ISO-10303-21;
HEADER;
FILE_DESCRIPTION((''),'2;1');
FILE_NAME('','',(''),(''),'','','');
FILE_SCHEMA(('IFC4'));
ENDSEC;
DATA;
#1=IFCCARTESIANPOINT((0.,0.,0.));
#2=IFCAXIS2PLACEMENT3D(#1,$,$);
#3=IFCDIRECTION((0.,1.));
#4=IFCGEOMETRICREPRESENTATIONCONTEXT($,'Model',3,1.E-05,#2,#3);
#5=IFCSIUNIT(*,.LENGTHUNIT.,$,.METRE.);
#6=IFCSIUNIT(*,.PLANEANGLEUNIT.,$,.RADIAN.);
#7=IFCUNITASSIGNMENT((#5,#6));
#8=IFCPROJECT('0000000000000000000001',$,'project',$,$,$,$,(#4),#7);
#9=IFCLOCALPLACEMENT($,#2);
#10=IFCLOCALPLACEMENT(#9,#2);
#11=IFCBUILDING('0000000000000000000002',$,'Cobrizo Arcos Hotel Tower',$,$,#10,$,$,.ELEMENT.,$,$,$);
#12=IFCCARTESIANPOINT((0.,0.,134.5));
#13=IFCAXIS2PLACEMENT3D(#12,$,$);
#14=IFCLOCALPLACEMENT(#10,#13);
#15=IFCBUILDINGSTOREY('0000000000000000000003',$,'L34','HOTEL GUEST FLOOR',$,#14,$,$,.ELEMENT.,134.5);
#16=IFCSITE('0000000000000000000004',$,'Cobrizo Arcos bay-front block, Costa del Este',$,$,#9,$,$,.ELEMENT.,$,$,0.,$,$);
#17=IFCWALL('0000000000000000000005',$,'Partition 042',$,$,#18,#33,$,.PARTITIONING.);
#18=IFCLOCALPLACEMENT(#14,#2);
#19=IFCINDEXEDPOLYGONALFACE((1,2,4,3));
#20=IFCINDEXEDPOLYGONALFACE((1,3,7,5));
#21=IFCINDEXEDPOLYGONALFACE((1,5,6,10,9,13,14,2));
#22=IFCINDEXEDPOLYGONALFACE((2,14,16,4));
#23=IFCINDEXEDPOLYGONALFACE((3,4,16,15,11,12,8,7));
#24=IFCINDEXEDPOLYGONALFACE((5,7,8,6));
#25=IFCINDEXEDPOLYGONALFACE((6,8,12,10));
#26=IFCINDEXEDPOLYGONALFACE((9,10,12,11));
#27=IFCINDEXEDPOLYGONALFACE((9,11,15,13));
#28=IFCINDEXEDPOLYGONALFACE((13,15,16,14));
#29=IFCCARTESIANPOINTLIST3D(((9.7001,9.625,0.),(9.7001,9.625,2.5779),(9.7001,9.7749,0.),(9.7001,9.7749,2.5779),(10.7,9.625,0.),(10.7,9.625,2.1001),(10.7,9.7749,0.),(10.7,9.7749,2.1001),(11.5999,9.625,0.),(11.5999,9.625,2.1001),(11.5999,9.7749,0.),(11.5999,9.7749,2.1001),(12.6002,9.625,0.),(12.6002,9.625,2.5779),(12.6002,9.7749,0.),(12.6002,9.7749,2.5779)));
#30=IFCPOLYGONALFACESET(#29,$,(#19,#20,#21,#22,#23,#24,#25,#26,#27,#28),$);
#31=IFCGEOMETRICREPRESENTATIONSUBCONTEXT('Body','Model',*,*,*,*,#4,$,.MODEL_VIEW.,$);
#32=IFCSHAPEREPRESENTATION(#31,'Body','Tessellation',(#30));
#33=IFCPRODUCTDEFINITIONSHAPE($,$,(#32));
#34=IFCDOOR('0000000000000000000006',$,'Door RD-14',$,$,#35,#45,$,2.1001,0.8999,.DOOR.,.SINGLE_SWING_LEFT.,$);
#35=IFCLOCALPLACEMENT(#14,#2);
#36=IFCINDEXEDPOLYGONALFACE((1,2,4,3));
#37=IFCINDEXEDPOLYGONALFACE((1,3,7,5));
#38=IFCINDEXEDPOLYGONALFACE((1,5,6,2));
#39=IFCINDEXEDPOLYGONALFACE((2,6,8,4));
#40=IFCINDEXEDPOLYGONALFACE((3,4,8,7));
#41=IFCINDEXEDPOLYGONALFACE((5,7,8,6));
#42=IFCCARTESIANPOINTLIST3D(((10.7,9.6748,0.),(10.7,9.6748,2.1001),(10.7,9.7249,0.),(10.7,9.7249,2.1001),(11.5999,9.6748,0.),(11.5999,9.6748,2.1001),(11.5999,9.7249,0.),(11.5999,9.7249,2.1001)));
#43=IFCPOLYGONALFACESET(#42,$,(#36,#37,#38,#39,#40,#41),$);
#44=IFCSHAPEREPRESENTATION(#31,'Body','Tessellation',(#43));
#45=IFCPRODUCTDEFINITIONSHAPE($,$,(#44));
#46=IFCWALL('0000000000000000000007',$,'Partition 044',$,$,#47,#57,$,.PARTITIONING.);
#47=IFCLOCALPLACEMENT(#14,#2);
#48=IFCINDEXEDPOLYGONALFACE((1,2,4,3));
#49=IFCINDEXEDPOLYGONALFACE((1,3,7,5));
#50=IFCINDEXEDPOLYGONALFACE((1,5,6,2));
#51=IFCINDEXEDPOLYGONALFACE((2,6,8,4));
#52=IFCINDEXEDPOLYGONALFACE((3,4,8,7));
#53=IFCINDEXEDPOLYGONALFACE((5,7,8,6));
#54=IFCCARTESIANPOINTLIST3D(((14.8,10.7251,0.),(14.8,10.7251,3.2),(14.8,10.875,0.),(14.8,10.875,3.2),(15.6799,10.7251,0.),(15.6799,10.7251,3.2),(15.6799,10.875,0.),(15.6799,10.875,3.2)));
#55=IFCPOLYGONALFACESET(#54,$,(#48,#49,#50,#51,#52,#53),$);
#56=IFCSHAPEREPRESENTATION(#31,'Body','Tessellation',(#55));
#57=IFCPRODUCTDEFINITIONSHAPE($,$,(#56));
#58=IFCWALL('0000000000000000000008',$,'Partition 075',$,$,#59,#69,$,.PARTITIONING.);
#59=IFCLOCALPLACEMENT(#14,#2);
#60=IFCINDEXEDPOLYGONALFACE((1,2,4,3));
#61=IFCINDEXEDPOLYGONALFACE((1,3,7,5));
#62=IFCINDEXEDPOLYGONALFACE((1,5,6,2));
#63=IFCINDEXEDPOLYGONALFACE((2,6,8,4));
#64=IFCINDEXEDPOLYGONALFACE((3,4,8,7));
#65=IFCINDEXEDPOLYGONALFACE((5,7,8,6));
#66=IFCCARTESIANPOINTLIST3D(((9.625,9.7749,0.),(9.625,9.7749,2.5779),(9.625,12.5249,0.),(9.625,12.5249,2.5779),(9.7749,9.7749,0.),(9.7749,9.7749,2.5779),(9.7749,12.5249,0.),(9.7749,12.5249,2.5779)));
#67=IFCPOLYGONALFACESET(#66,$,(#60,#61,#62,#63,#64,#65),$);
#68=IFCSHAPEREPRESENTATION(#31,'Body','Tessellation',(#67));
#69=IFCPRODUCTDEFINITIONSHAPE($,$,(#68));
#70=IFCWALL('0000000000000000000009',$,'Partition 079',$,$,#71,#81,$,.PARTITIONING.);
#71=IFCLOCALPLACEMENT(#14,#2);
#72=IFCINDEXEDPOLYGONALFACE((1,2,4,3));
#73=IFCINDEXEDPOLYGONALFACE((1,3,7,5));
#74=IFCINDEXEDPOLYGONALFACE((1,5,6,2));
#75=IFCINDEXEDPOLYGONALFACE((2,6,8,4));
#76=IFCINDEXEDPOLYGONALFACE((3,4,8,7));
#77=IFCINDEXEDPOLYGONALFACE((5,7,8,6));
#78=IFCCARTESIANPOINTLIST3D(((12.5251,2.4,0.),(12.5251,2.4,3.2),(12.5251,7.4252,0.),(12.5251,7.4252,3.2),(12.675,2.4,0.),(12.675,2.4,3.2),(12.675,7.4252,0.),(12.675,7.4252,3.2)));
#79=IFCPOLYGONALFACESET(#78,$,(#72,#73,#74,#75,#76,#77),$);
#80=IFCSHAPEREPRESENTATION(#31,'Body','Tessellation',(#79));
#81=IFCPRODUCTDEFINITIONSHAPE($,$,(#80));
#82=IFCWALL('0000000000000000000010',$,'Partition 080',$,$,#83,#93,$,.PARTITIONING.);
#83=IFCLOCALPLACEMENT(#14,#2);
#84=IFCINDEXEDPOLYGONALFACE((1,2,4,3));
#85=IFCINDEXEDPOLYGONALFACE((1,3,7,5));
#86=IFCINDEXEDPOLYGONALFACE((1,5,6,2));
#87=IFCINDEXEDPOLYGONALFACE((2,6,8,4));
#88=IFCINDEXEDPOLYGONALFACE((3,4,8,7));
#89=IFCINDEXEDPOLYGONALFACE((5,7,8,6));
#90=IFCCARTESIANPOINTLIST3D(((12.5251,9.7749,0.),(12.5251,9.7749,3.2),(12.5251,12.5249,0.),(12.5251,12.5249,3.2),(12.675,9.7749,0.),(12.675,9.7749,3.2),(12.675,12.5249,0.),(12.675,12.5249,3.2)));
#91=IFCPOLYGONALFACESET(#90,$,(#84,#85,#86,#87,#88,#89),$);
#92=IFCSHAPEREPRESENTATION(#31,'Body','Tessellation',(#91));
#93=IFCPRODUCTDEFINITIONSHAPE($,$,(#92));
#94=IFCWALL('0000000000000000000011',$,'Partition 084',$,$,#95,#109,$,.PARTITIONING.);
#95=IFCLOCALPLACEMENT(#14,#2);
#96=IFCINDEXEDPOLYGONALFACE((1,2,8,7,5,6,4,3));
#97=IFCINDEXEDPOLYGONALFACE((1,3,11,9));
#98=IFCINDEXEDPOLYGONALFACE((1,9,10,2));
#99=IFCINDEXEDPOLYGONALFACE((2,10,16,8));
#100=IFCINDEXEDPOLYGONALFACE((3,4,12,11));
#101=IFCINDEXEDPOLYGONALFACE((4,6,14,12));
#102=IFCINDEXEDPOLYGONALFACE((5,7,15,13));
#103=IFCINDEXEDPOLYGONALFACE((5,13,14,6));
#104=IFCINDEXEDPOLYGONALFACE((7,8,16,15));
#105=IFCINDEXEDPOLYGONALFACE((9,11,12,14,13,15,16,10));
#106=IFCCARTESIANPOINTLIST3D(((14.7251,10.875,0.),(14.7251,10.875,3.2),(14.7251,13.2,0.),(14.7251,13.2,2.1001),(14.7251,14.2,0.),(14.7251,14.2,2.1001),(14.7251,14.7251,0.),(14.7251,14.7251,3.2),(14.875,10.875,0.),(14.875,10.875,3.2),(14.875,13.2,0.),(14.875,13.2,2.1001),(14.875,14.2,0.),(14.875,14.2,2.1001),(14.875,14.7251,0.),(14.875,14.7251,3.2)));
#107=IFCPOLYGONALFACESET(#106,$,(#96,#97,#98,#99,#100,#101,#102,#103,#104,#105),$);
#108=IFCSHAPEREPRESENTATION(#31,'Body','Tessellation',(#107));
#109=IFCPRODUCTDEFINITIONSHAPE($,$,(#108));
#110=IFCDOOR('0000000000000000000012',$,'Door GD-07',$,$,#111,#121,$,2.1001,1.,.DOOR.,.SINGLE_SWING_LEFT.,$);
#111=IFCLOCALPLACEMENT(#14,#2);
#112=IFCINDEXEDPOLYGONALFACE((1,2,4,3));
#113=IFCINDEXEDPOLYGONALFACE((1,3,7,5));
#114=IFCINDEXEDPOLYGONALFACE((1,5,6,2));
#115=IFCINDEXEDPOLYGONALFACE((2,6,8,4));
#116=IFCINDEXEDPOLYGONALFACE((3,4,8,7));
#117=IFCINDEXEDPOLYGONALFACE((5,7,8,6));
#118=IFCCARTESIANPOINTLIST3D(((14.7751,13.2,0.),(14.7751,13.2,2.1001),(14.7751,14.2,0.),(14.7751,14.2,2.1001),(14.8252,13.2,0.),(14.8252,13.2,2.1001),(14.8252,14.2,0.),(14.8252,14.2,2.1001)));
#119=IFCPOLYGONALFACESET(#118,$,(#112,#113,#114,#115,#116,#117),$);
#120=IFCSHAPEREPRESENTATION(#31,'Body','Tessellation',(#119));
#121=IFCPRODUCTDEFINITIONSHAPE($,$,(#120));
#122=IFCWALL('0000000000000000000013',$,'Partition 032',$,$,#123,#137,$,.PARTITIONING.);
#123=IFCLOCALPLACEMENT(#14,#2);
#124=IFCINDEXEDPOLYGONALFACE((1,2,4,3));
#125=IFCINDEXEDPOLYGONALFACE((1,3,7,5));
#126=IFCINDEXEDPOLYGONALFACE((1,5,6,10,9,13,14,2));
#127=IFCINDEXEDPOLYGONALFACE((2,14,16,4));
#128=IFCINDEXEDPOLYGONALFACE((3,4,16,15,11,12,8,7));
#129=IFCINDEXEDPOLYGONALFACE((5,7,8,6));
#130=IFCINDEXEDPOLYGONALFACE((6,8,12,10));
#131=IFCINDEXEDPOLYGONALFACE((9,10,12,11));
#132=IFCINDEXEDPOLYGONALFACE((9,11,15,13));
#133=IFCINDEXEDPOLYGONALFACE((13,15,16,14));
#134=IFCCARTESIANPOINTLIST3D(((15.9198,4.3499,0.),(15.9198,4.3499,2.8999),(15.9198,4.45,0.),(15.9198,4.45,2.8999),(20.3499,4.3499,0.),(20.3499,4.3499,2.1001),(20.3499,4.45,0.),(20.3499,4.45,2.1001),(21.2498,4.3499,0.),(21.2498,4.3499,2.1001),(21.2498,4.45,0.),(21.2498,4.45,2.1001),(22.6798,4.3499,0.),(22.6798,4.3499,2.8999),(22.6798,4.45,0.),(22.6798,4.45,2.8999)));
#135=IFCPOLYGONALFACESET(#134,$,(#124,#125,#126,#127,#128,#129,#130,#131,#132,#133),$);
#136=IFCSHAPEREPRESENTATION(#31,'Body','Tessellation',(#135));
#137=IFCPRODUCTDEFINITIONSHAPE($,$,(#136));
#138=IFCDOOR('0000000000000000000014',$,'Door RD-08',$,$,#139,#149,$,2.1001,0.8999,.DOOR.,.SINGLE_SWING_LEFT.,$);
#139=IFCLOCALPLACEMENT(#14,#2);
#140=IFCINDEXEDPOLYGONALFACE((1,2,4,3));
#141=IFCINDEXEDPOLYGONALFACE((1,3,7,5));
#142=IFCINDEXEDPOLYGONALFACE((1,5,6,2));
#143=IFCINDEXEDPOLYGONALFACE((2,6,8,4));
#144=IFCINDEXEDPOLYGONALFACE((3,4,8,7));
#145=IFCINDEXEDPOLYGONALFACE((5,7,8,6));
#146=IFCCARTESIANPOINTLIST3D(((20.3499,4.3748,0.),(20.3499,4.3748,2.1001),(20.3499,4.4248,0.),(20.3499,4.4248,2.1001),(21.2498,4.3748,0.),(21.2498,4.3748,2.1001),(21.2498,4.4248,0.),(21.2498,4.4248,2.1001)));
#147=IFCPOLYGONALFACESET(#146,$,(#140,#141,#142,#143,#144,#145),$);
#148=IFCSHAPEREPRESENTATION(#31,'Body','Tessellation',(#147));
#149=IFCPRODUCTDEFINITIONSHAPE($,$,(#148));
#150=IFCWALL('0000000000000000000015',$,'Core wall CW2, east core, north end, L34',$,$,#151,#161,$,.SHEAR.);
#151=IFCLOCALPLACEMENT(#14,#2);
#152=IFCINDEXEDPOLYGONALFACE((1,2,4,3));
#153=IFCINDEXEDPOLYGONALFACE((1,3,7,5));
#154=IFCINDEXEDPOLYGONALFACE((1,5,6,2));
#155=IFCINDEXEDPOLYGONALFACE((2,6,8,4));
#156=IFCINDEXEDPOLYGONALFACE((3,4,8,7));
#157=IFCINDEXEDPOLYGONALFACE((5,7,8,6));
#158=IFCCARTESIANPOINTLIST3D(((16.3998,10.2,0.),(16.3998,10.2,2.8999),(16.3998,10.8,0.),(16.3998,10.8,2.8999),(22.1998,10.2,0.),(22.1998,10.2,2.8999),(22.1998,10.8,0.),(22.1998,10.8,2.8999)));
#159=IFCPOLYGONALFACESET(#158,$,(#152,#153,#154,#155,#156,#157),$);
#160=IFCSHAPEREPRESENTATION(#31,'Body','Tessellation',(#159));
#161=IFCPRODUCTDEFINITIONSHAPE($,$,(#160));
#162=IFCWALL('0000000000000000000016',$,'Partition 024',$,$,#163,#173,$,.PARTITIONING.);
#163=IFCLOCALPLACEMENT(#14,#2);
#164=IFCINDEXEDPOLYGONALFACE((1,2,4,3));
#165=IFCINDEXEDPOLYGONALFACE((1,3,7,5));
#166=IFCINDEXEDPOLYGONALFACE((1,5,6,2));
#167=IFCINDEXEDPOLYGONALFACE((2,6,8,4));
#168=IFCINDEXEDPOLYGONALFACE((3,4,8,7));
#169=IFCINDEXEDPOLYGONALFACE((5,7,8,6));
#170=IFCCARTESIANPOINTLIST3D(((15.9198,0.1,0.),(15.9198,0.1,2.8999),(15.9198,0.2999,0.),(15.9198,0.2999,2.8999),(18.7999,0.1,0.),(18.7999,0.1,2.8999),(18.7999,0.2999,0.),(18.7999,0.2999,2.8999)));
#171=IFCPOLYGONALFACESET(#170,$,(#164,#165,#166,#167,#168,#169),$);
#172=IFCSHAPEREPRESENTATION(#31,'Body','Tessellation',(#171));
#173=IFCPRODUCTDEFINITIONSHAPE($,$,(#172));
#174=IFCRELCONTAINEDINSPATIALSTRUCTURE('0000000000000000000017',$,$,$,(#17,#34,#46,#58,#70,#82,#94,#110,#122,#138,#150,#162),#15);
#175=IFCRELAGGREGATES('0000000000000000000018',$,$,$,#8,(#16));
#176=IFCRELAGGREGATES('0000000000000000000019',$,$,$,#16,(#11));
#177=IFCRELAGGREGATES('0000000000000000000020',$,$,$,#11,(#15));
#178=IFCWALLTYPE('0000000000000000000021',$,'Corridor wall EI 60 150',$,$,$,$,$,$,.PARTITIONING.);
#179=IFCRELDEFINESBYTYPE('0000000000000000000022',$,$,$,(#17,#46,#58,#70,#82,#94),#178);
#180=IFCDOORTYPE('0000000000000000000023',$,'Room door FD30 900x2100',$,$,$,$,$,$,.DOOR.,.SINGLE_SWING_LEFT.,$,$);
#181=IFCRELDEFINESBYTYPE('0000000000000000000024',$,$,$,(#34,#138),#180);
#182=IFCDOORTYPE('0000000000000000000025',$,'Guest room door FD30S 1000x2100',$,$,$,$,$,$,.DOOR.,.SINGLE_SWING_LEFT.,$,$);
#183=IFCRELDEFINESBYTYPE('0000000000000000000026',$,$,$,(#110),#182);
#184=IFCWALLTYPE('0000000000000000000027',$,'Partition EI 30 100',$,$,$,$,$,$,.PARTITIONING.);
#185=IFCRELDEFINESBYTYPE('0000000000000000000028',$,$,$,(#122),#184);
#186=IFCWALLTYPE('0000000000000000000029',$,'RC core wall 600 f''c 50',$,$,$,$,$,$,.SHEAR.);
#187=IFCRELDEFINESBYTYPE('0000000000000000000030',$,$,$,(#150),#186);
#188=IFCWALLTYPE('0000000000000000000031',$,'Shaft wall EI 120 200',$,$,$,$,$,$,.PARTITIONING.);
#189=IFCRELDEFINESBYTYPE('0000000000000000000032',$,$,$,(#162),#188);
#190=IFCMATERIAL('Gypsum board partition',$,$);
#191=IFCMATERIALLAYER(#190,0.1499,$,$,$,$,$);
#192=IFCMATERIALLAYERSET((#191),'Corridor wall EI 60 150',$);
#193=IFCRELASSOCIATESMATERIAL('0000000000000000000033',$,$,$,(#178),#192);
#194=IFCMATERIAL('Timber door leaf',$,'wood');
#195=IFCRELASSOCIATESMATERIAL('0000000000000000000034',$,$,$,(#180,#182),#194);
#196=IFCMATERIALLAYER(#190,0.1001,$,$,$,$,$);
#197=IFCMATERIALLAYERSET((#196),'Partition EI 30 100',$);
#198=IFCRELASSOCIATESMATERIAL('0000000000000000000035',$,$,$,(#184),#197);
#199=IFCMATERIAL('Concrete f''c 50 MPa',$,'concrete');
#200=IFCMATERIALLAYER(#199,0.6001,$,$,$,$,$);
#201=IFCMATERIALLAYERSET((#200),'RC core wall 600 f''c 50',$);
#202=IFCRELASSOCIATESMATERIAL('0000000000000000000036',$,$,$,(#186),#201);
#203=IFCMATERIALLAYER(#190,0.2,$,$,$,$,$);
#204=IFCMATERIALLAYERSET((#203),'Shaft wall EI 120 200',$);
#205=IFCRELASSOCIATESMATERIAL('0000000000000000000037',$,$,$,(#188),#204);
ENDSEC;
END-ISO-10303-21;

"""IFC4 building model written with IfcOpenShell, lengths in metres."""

from ifc_helpers import new_model, si_unit, direction, frame, frame_2d, origin, place, context, subcontext, project, spatial, rectangle, extrude, material, layer, layer_set, type_object, element, fill, save


model = new_model("IFC4")

# Units and contexts
model_context = context("Model", 3, precision=1e-05, world=origin(), true_north=direction((0.0, 1.0)))
body_context = subcontext(model_context, "Body", "Model", "MODEL_VIEW")
ifc_project = project(units=[si_unit("LENGTHUNIT", "METRE"), si_unit("PLANEANGLEUNIT", "RADIAN")], contexts=[model_context])

# Site, building, storey
site_placement = place(None, origin())
site = spatial("IfcSite", under=ifc_project, at=site_placement, Name="Cobrizo Arcos bay-front block, Costa del Este", CompositionType="ELEMENT", RefElevation=0.0)
building_placement = place(site_placement, origin())
building = spatial("IfcBuilding", under=site, at=building_placement, Name="Cobrizo Arcos Hotel Tower", CompositionType="ELEMENT")
storey_placement = place(building_placement, frame((0.0, 0.0, 134.5)))
storey = spatial("IfcBuildingStorey", under=building, at=storey_placement, Name="L34", Description="HOTEL GUEST FLOOR", CompositionType="ELEMENT", Elevation=134.5)

# Wall, opening, door
ifc_material_1 = material(Name="Gypsum board partition")
ifc_layer_1 = layer(ifc_material_1, 0.1499)
ifc_layer_set_1 = layer_set([ifc_layer_1], Name="Corridor wall EI 60 150")
wall_type_1 = type_object("IfcWallType", Name="Corridor wall EI 60 150", PredefinedType="PARTITIONING", material=ifc_layer_set_1)
ifc_material_2 = material(Name="Timber door leaf", Category="wood")
wall_1_placement = place(storey_placement, frame((9.7, 9.7, 0.0), z_axis=(0.0, 0.0, 1.0), x_axis=(1.0, 0.0, 0.0)))
wall_1 = element("IfcWall", 1, at=wall_1_placement, inside=storey, type_object=wall_type_1, Name="Partition 042", PredefinedType="PARTITIONING", context=body_context, shape_type="SweptSolid", body=[
    extrude(rectangle(XDim=2.9001, YDim=0.1499, at=frame_2d((1.4502, 0.0))), origin(), (0.0, 0.0, 1.0), 2.5779),
])
opening_1_placement = place(wall_1_placement, frame((1.0, 0.0, 0.0)))
opening_1 = element("IfcOpeningElement", 2, at=opening_1_placement, cuts=wall_1, PredefinedType="OPENING", context=body_context, shape_type="SweptSolid", body=[
    extrude(rectangle(XDim=0.8999, YDim=2.1001, at=frame_2d((0.45, 1.05))), frame((0.0, 0.0869, 0.0), z_axis=(0.0, -1.0, 0.0), x_axis=(1.0, 0.0, 0.0)), (0.0, 0.0, 1.0), 0.1738),
])
door_type_1 = type_object("IfcDoorType", Name="Room door FD30 900x2100", OperationType="SINGLE_SWING_LEFT", PredefinedType="DOOR", material=ifc_material_2)
door_1_placement = place(opening_1_placement, origin())
door_1 = element("IfcDoor", 3, at=door_1_placement, inside=storey, type_object=door_type_1, Name="Door RD-14", OperationType="SINGLE_SWING_LEFT", OverallHeight=2.1001, OverallWidth=0.8999, PredefinedType="DOOR", context=body_context, shape_type="SweptSolid", body=[
    extrude(rectangle(XDim=0.8999, YDim=2.1001, at=frame_2d((0.45, 1.05))), frame((0.0, 0.0249, 0.0), z_axis=(0.0, -1.0, 0.0), x_axis=(1.0, 0.0, 0.0)), (0.0, 0.0, 1.0), 0.05),
])
fill(opening_1, door_1)

# Walls
wall_2_placement = place(storey_placement, frame((14.8, 10.8, 0.0), z_axis=(0.0, 0.0, 1.0), x_axis=(1.0, 0.0, 0.0)))
element("IfcWall", 4, at=wall_2_placement, inside=storey, type_object=wall_type_1, Name="Partition 044", PredefinedType="PARTITIONING", context=body_context, shape_type="SweptSolid", body=[
    extrude(rectangle(XDim=0.8799, YDim=0.1499, at=frame_2d((0.4399, 0.0))), origin(), (0.0, 0.0, 1.0), 3.2),
])
wall_3_placement = place(storey_placement, frame((9.7, 9.7749, 0.0), z_axis=(0.0, 0.0, 1.0), x_axis=(0.0, 1.0, 0.0)))
element("IfcWall", 5, at=wall_3_placement, inside=storey, type_object=wall_type_1, Name="Partition 075", PredefinedType="PARTITIONING", context=body_context, shape_type="SweptSolid", body=[
    extrude(rectangle(XDim=2.75, YDim=0.1499, at=frame_2d((1.375, 0.0))), origin(), (0.0, 0.0, 1.0), 2.5779),
])
wall_4_placement = place(storey_placement, frame((12.6001, 2.3999, 0.0), z_axis=(0.0, 0.0, 1.0), x_axis=(0.0, 1.0, 0.0)))
element("IfcWall", 6, at=wall_4_placement, inside=storey, type_object=wall_type_1, Name="Partition 079", PredefinedType="PARTITIONING", context=body_context, shape_type="SweptSolid", body=[
    extrude(rectangle(XDim=5.0251, YDim=0.1499, at=frame_2d((2.5127, 0.0))), origin(), (0.0, 0.0, 1.0), 3.2),
])
wall_5_placement = place(storey_placement, frame((12.6001, 9.7749, 0.0), z_axis=(0.0, 0.0, 1.0), x_axis=(0.0, 1.0, 0.0)))
element("IfcWall", 7, at=wall_5_placement, inside=storey, type_object=wall_type_1, Name="Partition 080", PredefinedType="PARTITIONING", context=body_context, shape_type="SweptSolid", body=[
    extrude(rectangle(XDim=2.75, YDim=0.1499, at=frame_2d((1.375, 0.0))), origin(), (0.0, 0.0, 1.0), 3.2),
])

# Walls, openings, doors
wall_6_placement = place(storey_placement, frame((14.8, 10.875, 0.0), z_axis=(0.0, 0.0, 1.0), x_axis=(0.0, 1.0, 0.0)))
wall_6 = element("IfcWall", 8, at=wall_6_placement, inside=storey, type_object=wall_type_1, Name="Partition 084", PredefinedType="PARTITIONING", context=body_context, shape_type="SweptSolid", body=[
    extrude(rectangle(XDim=3.8501, YDim=0.1499, at=frame_2d((1.925, 0.0))), origin(), (0.0, 0.0, 1.0), 3.2),
])
opening_2_placement = place(wall_6_placement, frame((2.325, 0.0, 0.0)))
opening_2 = element("IfcOpeningElement", 9, at=opening_2_placement, cuts=wall_6, PredefinedType="OPENING", context=body_context, shape_type="SweptSolid", body=[
    extrude(rectangle(XDim=1.0, YDim=2.1001, at=frame_2d((0.5, 1.05))), frame((0.0, 0.0869, 0.0), z_axis=(0.0, -1.0, 0.0), x_axis=(1.0, 0.0, 0.0)), (0.0, 0.0, 1.0), 0.1738),
])
door_type_2 = type_object("IfcDoorType", Name="Guest room door FD30S 1000x2100", OperationType="SINGLE_SWING_LEFT", PredefinedType="DOOR", material=ifc_material_2)
door_2_placement = place(opening_2_placement, origin())
door_2 = element("IfcDoor", 10, at=door_2_placement, inside=storey, type_object=door_type_2, Name="Door GD-07", OperationType="SINGLE_SWING_LEFT", OverallHeight=2.1001, OverallWidth=1.0, PredefinedType="DOOR", context=body_context, shape_type="SweptSolid", body=[
    extrude(rectangle(XDim=1.0, YDim=2.1001, at=frame_2d((0.5, 1.05))), frame((0.0, 0.0249, 0.0), z_axis=(0.0, -1.0, 0.0), x_axis=(1.0, 0.0, 0.0)), (0.0, 0.0, 1.0), 0.05),
])
fill(opening_2, door_2)
ifc_layer_2 = layer(ifc_material_1, 0.1001)
ifc_layer_set_2 = layer_set([ifc_layer_2], Name="Partition EI 30 100")
wall_type_2 = type_object("IfcWallType", Name="Partition EI 30 100", PredefinedType="PARTITIONING", material=ifc_layer_set_2)
wall_7_placement = place(storey_placement, frame((15.9199, 4.3999, 0.0), z_axis=(0.0, 0.0, 1.0), x_axis=(1.0, 0.0, 0.0)))
wall_7 = element("IfcWall", 11, at=wall_7_placement, inside=storey, type_object=wall_type_2, Name="Partition 032", PredefinedType="PARTITIONING", context=body_context, shape_type="SweptSolid", body=[
    extrude(rectangle(XDim=6.76, YDim=0.1001, at=frame_2d((3.3799, 0.0))), origin(), (0.0, 0.0, 1.0), 2.8999),
])
opening_3_placement = place(wall_7_placement, frame((4.4299, 0.0, 0.0)))
opening_3 = element("IfcOpeningElement", 12, at=opening_3_placement, cuts=wall_7, PredefinedType="OPENING", context=body_context, shape_type="SweptSolid", body=[
    extrude(rectangle(XDim=0.8999, YDim=2.1001, at=frame_2d((0.45, 1.05))), frame((0.0, 0.062, 0.0), z_axis=(0.0, -1.0, 0.0), x_axis=(1.0, 0.0, 0.0)), (0.0, 0.0, 1.0), 0.124),
])
door_3_placement = place(opening_3_placement, origin())
door_3 = element("IfcDoor", 13, at=door_3_placement, inside=storey, type_object=door_type_1, Name="Door RD-08", OperationType="SINGLE_SWING_LEFT", OverallHeight=2.1001, OverallWidth=0.8999, PredefinedType="DOOR", context=body_context, shape_type="SweptSolid", body=[
    extrude(rectangle(XDim=0.8999, YDim=2.1001, at=frame_2d((0.45, 1.05))), frame((0.0, 0.0249, 0.0), z_axis=(0.0, -1.0, 0.0), x_axis=(1.0, 0.0, 0.0)), (0.0, 0.0, 1.0), 0.05),
])
fill(opening_3, door_3)

# Walls
ifc_material_3 = material(Name="Concrete f'c 50 MPa", Category="concrete")
ifc_layer_3 = layer(ifc_material_3, 0.6001)
ifc_layer_set_3 = layer_set([ifc_layer_3], Name="RC core wall 600 f'c 50")
wall_type_3 = type_object("IfcWallType", Name="RC core wall 600 f'c 50", PredefinedType="SHEAR", material=ifc_layer_set_3)
wall_8_placement = place(storey_placement, frame((16.3999, 10.5, 0.0), z_axis=(0.0, 0.0, 1.0), x_axis=(1.0, 0.0, 0.0)))
element("IfcWall", 14, at=wall_8_placement, inside=storey, type_object=wall_type_3, Name="Core wall CW2, east core, north end, L34", PredefinedType="SHEAR", context=body_context, shape_type="SweptSolid", body=[
    extrude(rectangle(XDim=5.8, YDim=0.6001, at=frame_2d((2.8999, 0.0))), origin(), (0.0, 0.0, 1.0), 2.8999),
])
ifc_layer_4 = layer(ifc_material_1, 0.2)
ifc_layer_set_4 = layer_set([ifc_layer_4], Name="Shaft wall EI 120 200")
wall_type_4 = type_object("IfcWallType", Name="Shaft wall EI 120 200", PredefinedType="PARTITIONING", material=ifc_layer_set_4)
wall_9_placement = place(storey_placement, frame((15.9199, 0.2, 0.0), z_axis=(0.0, 0.0, 1.0), x_axis=(1.0, 0.0, 0.0)))
element("IfcWall", 15, at=wall_9_placement, inside=storey, type_object=wall_type_4, Name="Partition 024", PredefinedType="PARTITIONING", context=body_context, shape_type="SweptSolid", body=[
    extrude(rectangle(XDim=2.8801, YDim=0.2, at=frame_2d((1.4399, 0.0))), origin(), (0.0, 0.0, 1.0), 2.8999),
])

save(model, "model.ifc")
